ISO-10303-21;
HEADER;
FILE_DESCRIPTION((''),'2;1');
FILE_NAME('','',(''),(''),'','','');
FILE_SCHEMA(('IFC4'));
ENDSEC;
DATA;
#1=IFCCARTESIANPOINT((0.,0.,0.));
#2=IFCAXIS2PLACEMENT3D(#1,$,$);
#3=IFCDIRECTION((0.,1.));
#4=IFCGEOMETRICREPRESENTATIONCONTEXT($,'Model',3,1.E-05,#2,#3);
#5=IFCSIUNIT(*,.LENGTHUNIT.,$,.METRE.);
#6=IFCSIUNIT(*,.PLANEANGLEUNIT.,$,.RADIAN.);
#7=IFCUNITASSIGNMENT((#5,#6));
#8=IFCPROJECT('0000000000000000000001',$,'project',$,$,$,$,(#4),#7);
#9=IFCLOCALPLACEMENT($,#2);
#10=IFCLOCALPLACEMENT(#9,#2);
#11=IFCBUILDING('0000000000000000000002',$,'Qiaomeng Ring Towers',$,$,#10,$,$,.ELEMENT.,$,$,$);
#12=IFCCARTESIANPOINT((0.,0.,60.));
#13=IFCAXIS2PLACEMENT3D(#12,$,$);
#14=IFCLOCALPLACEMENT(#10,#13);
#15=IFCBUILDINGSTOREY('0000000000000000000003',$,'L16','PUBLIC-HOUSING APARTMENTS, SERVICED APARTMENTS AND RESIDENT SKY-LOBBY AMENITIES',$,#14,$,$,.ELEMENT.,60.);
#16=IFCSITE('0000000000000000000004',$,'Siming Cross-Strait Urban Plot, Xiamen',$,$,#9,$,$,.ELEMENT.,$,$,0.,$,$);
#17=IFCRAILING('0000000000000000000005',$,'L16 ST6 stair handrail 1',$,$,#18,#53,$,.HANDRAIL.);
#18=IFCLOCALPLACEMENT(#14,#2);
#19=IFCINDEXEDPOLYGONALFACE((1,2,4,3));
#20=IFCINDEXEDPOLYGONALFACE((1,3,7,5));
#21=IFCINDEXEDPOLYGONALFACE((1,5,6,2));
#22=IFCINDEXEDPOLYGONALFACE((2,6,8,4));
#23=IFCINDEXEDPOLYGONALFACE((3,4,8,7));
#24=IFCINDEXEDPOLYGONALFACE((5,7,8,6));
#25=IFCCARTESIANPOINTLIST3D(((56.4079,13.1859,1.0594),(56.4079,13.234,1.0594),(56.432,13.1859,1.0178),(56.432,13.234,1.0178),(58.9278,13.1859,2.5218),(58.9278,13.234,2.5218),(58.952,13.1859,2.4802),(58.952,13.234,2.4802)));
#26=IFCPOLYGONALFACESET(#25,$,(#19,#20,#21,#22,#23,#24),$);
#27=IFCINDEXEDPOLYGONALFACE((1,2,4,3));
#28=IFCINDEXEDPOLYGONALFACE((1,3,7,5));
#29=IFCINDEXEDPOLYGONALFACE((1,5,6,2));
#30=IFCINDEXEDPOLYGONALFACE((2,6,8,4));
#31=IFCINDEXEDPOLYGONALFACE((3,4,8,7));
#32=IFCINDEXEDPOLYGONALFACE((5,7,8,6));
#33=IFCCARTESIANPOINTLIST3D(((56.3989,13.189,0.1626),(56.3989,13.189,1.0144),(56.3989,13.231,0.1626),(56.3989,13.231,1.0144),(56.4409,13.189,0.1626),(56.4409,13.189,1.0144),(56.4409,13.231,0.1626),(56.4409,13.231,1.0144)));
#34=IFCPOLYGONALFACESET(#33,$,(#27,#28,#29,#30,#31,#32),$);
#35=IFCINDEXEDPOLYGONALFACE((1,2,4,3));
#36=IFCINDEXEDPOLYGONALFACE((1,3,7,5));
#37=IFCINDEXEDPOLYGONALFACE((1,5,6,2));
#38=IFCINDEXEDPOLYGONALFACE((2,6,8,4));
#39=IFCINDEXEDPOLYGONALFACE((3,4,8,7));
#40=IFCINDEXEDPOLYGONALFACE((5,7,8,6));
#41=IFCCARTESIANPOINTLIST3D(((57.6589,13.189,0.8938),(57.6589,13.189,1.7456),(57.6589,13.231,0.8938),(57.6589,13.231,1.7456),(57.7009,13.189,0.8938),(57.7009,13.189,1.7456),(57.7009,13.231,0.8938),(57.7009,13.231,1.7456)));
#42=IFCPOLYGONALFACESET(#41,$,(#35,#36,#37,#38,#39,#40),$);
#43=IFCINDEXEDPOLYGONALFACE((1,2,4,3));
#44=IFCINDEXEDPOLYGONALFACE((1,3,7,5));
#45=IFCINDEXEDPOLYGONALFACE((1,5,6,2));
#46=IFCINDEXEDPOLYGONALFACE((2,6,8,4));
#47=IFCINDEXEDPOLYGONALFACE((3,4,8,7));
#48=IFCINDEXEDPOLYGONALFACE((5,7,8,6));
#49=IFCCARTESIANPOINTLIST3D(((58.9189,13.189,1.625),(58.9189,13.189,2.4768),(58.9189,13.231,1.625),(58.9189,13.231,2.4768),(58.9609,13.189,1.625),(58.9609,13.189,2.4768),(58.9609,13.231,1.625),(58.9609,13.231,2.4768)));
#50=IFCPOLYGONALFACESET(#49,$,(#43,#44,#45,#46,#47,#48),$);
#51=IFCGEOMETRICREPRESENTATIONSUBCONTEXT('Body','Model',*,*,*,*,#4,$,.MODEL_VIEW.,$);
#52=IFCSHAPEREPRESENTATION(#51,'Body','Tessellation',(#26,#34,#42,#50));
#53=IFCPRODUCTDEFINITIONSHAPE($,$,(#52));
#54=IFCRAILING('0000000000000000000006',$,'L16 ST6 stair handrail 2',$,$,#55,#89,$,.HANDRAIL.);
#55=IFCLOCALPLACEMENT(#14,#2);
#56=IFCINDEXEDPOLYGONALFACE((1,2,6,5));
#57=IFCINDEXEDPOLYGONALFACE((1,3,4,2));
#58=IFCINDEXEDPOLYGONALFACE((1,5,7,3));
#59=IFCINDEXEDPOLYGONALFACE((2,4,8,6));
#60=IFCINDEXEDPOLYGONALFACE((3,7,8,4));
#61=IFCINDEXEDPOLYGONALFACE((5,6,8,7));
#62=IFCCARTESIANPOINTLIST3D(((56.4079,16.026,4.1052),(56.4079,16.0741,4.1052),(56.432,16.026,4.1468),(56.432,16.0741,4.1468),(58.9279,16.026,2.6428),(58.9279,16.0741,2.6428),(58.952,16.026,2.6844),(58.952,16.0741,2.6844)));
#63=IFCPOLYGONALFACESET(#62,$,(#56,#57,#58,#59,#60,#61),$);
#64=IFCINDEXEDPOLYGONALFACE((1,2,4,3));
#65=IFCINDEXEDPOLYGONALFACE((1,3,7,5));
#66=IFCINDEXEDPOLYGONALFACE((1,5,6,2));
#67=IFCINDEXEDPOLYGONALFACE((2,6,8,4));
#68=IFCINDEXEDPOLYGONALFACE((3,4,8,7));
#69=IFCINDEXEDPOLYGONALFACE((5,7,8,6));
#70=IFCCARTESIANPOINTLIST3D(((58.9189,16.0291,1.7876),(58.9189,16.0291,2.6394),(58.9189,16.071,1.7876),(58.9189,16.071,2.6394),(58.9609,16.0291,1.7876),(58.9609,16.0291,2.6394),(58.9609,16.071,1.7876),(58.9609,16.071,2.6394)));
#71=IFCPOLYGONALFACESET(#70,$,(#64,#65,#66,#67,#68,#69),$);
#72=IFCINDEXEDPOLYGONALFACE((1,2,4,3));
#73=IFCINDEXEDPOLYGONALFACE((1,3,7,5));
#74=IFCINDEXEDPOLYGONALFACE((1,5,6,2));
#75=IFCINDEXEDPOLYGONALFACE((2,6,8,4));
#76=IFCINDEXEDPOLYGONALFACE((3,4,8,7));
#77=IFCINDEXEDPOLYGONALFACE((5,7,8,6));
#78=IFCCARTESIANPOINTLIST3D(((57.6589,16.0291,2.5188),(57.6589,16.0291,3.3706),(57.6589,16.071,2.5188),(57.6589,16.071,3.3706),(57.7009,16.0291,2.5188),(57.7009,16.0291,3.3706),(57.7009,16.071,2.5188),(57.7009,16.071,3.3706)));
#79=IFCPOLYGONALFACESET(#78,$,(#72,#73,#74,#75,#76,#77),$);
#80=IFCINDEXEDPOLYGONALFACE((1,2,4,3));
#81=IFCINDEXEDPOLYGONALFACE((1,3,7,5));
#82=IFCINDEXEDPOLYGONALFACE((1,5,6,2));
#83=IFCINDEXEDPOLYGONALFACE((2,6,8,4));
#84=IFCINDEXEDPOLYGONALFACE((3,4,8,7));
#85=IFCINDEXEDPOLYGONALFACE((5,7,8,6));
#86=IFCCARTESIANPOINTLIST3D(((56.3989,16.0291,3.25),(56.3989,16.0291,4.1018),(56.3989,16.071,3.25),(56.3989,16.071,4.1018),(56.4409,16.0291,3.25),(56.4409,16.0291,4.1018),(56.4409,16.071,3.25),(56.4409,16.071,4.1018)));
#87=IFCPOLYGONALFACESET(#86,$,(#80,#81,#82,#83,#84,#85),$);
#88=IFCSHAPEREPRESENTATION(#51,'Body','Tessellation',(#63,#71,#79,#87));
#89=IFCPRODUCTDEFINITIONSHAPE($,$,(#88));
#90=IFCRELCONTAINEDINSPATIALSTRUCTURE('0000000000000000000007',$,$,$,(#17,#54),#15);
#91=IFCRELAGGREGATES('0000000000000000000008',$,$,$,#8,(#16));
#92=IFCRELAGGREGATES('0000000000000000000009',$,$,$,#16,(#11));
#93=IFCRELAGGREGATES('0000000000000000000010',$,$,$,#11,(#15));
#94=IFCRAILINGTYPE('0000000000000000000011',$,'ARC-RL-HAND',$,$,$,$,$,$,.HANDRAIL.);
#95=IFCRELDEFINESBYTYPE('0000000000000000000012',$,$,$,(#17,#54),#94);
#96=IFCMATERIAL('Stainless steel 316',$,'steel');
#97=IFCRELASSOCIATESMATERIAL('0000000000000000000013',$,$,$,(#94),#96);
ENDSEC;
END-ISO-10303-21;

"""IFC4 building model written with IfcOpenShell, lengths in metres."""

from ifc_helpers import new_model, si_unit, direction, frame, origin, origin_2d, place, context, subcontext, project, spatial, rectangle, extrude, material, type_object, element, save


model = new_model("IFC4")

# Units and contexts
model_context = context("Model", 3, precision=1e-05, world=origin(), true_north=direction((0.0, 1.0)))
body_context = subcontext(model_context, "Body", "Model", "MODEL_VIEW")
ifc_project = project(units=[si_unit("LENGTHUNIT", "METRE"), si_unit("PLANEANGLEUNIT", "RADIAN")], contexts=[model_context])

# Site, building, storey
site_placement = place(None, origin())
site = spatial("IfcSite", under=ifc_project, at=site_placement, Name="Siming Cross-Strait Urban Plot, Xiamen", CompositionType="ELEMENT", RefElevation=0.0)
building_placement = place(site_placement, origin())
building = spatial("IfcBuilding", under=site, at=building_placement, Name="Qiaomeng Ring Towers", CompositionType="ELEMENT")
storey_placement = place(building_placement, frame((0.0, 0.0, 60.0)))
storey = spatial("IfcBuildingStorey", under=building, at=storey_placement, Name="L16", Description="PUBLIC-HOUSING APARTMENTS, SERVICED APARTMENTS AND RESIDENT SKY-LOBBY AMENITIES", CompositionType="ELEMENT", Elevation=60.0)

# Shared definitions
ifc_material_1 = material(Name="Stainless steel 316", Category="steel")

# Railings
railing_type_1 = type_object("IfcRailingType", Name="ARC-RL-HAND", PredefinedType="HANDRAIL", material=ifc_material_1)
railing_1_placement = place(storey_placement, frame((56.4199, 13.21, 0.1626)))
element("IfcRailing", 1, at=railing_1_placement, inside=storey, type_object=railing_type_1, Name="L16 ST6 stair handrail 1", PredefinedType="HANDRAIL", context=body_context, shape_type="SweptSolid", body=[
    extrude(rectangle(XDim=0.0481, YDim=0.0481, at=origin_2d()), frame((0.0, 0.0, 0.876), z_axis=(0.864913, 0.0, 0.501921), x_axis=(0.0, 1.0, 0.0)), (0.0, 0.0, 1.0), 2.9136),
    extrude(rectangle(XDim=0.042, YDim=0.042, at=origin_2d()), origin(), (0.0, 0.0, 1.0), 0.8518),
    extrude(rectangle(XDim=0.042, YDim=0.042, at=origin_2d()), frame((1.26, 0.0, 0.7312)), (0.0, 0.0, 1.0), 0.8518),
    extrude(rectangle(XDim=0.042, YDim=0.042, at=origin_2d()), frame((2.52, 0.0, 1.4624)), (0.0, 0.0, 1.0), 0.8518),
])
railing_2_placement = place(storey_placement, frame((58.9399, 16.05, 1.7876)))
element("IfcRailing", 2, at=railing_2_placement, inside=storey, type_object=railing_type_1, Name="L16 ST6 stair handrail 2", PredefinedType="HANDRAIL", context=body_context, shape_type="SweptSolid", body=[
    extrude(rectangle(XDim=0.0481, YDim=0.0481, at=origin_2d()), frame((0.0, 0.0, 0.876), z_axis=(-0.864913, 0.0, 0.501921), x_axis=(0.0, -1.0, 0.0)), (0.0, 0.0, 1.0), 2.9136),
    extrude(rectangle(XDim=0.042, YDim=0.042, at=origin_2d()), origin(), (0.0, 0.0, 1.0), 0.8518),
    extrude(rectangle(XDim=0.042, YDim=0.042, at=origin_2d()), frame((-1.26, 0.0, 0.7312)), (0.0, 0.0, 1.0), 0.8518),
    extrude(rectangle(XDim=0.042, YDim=0.042, at=origin_2d()), frame((-2.52, 0.0, 1.4624)), (0.0, 0.0, 1.0), 0.8518),
])

save(model, "model.ifc")
